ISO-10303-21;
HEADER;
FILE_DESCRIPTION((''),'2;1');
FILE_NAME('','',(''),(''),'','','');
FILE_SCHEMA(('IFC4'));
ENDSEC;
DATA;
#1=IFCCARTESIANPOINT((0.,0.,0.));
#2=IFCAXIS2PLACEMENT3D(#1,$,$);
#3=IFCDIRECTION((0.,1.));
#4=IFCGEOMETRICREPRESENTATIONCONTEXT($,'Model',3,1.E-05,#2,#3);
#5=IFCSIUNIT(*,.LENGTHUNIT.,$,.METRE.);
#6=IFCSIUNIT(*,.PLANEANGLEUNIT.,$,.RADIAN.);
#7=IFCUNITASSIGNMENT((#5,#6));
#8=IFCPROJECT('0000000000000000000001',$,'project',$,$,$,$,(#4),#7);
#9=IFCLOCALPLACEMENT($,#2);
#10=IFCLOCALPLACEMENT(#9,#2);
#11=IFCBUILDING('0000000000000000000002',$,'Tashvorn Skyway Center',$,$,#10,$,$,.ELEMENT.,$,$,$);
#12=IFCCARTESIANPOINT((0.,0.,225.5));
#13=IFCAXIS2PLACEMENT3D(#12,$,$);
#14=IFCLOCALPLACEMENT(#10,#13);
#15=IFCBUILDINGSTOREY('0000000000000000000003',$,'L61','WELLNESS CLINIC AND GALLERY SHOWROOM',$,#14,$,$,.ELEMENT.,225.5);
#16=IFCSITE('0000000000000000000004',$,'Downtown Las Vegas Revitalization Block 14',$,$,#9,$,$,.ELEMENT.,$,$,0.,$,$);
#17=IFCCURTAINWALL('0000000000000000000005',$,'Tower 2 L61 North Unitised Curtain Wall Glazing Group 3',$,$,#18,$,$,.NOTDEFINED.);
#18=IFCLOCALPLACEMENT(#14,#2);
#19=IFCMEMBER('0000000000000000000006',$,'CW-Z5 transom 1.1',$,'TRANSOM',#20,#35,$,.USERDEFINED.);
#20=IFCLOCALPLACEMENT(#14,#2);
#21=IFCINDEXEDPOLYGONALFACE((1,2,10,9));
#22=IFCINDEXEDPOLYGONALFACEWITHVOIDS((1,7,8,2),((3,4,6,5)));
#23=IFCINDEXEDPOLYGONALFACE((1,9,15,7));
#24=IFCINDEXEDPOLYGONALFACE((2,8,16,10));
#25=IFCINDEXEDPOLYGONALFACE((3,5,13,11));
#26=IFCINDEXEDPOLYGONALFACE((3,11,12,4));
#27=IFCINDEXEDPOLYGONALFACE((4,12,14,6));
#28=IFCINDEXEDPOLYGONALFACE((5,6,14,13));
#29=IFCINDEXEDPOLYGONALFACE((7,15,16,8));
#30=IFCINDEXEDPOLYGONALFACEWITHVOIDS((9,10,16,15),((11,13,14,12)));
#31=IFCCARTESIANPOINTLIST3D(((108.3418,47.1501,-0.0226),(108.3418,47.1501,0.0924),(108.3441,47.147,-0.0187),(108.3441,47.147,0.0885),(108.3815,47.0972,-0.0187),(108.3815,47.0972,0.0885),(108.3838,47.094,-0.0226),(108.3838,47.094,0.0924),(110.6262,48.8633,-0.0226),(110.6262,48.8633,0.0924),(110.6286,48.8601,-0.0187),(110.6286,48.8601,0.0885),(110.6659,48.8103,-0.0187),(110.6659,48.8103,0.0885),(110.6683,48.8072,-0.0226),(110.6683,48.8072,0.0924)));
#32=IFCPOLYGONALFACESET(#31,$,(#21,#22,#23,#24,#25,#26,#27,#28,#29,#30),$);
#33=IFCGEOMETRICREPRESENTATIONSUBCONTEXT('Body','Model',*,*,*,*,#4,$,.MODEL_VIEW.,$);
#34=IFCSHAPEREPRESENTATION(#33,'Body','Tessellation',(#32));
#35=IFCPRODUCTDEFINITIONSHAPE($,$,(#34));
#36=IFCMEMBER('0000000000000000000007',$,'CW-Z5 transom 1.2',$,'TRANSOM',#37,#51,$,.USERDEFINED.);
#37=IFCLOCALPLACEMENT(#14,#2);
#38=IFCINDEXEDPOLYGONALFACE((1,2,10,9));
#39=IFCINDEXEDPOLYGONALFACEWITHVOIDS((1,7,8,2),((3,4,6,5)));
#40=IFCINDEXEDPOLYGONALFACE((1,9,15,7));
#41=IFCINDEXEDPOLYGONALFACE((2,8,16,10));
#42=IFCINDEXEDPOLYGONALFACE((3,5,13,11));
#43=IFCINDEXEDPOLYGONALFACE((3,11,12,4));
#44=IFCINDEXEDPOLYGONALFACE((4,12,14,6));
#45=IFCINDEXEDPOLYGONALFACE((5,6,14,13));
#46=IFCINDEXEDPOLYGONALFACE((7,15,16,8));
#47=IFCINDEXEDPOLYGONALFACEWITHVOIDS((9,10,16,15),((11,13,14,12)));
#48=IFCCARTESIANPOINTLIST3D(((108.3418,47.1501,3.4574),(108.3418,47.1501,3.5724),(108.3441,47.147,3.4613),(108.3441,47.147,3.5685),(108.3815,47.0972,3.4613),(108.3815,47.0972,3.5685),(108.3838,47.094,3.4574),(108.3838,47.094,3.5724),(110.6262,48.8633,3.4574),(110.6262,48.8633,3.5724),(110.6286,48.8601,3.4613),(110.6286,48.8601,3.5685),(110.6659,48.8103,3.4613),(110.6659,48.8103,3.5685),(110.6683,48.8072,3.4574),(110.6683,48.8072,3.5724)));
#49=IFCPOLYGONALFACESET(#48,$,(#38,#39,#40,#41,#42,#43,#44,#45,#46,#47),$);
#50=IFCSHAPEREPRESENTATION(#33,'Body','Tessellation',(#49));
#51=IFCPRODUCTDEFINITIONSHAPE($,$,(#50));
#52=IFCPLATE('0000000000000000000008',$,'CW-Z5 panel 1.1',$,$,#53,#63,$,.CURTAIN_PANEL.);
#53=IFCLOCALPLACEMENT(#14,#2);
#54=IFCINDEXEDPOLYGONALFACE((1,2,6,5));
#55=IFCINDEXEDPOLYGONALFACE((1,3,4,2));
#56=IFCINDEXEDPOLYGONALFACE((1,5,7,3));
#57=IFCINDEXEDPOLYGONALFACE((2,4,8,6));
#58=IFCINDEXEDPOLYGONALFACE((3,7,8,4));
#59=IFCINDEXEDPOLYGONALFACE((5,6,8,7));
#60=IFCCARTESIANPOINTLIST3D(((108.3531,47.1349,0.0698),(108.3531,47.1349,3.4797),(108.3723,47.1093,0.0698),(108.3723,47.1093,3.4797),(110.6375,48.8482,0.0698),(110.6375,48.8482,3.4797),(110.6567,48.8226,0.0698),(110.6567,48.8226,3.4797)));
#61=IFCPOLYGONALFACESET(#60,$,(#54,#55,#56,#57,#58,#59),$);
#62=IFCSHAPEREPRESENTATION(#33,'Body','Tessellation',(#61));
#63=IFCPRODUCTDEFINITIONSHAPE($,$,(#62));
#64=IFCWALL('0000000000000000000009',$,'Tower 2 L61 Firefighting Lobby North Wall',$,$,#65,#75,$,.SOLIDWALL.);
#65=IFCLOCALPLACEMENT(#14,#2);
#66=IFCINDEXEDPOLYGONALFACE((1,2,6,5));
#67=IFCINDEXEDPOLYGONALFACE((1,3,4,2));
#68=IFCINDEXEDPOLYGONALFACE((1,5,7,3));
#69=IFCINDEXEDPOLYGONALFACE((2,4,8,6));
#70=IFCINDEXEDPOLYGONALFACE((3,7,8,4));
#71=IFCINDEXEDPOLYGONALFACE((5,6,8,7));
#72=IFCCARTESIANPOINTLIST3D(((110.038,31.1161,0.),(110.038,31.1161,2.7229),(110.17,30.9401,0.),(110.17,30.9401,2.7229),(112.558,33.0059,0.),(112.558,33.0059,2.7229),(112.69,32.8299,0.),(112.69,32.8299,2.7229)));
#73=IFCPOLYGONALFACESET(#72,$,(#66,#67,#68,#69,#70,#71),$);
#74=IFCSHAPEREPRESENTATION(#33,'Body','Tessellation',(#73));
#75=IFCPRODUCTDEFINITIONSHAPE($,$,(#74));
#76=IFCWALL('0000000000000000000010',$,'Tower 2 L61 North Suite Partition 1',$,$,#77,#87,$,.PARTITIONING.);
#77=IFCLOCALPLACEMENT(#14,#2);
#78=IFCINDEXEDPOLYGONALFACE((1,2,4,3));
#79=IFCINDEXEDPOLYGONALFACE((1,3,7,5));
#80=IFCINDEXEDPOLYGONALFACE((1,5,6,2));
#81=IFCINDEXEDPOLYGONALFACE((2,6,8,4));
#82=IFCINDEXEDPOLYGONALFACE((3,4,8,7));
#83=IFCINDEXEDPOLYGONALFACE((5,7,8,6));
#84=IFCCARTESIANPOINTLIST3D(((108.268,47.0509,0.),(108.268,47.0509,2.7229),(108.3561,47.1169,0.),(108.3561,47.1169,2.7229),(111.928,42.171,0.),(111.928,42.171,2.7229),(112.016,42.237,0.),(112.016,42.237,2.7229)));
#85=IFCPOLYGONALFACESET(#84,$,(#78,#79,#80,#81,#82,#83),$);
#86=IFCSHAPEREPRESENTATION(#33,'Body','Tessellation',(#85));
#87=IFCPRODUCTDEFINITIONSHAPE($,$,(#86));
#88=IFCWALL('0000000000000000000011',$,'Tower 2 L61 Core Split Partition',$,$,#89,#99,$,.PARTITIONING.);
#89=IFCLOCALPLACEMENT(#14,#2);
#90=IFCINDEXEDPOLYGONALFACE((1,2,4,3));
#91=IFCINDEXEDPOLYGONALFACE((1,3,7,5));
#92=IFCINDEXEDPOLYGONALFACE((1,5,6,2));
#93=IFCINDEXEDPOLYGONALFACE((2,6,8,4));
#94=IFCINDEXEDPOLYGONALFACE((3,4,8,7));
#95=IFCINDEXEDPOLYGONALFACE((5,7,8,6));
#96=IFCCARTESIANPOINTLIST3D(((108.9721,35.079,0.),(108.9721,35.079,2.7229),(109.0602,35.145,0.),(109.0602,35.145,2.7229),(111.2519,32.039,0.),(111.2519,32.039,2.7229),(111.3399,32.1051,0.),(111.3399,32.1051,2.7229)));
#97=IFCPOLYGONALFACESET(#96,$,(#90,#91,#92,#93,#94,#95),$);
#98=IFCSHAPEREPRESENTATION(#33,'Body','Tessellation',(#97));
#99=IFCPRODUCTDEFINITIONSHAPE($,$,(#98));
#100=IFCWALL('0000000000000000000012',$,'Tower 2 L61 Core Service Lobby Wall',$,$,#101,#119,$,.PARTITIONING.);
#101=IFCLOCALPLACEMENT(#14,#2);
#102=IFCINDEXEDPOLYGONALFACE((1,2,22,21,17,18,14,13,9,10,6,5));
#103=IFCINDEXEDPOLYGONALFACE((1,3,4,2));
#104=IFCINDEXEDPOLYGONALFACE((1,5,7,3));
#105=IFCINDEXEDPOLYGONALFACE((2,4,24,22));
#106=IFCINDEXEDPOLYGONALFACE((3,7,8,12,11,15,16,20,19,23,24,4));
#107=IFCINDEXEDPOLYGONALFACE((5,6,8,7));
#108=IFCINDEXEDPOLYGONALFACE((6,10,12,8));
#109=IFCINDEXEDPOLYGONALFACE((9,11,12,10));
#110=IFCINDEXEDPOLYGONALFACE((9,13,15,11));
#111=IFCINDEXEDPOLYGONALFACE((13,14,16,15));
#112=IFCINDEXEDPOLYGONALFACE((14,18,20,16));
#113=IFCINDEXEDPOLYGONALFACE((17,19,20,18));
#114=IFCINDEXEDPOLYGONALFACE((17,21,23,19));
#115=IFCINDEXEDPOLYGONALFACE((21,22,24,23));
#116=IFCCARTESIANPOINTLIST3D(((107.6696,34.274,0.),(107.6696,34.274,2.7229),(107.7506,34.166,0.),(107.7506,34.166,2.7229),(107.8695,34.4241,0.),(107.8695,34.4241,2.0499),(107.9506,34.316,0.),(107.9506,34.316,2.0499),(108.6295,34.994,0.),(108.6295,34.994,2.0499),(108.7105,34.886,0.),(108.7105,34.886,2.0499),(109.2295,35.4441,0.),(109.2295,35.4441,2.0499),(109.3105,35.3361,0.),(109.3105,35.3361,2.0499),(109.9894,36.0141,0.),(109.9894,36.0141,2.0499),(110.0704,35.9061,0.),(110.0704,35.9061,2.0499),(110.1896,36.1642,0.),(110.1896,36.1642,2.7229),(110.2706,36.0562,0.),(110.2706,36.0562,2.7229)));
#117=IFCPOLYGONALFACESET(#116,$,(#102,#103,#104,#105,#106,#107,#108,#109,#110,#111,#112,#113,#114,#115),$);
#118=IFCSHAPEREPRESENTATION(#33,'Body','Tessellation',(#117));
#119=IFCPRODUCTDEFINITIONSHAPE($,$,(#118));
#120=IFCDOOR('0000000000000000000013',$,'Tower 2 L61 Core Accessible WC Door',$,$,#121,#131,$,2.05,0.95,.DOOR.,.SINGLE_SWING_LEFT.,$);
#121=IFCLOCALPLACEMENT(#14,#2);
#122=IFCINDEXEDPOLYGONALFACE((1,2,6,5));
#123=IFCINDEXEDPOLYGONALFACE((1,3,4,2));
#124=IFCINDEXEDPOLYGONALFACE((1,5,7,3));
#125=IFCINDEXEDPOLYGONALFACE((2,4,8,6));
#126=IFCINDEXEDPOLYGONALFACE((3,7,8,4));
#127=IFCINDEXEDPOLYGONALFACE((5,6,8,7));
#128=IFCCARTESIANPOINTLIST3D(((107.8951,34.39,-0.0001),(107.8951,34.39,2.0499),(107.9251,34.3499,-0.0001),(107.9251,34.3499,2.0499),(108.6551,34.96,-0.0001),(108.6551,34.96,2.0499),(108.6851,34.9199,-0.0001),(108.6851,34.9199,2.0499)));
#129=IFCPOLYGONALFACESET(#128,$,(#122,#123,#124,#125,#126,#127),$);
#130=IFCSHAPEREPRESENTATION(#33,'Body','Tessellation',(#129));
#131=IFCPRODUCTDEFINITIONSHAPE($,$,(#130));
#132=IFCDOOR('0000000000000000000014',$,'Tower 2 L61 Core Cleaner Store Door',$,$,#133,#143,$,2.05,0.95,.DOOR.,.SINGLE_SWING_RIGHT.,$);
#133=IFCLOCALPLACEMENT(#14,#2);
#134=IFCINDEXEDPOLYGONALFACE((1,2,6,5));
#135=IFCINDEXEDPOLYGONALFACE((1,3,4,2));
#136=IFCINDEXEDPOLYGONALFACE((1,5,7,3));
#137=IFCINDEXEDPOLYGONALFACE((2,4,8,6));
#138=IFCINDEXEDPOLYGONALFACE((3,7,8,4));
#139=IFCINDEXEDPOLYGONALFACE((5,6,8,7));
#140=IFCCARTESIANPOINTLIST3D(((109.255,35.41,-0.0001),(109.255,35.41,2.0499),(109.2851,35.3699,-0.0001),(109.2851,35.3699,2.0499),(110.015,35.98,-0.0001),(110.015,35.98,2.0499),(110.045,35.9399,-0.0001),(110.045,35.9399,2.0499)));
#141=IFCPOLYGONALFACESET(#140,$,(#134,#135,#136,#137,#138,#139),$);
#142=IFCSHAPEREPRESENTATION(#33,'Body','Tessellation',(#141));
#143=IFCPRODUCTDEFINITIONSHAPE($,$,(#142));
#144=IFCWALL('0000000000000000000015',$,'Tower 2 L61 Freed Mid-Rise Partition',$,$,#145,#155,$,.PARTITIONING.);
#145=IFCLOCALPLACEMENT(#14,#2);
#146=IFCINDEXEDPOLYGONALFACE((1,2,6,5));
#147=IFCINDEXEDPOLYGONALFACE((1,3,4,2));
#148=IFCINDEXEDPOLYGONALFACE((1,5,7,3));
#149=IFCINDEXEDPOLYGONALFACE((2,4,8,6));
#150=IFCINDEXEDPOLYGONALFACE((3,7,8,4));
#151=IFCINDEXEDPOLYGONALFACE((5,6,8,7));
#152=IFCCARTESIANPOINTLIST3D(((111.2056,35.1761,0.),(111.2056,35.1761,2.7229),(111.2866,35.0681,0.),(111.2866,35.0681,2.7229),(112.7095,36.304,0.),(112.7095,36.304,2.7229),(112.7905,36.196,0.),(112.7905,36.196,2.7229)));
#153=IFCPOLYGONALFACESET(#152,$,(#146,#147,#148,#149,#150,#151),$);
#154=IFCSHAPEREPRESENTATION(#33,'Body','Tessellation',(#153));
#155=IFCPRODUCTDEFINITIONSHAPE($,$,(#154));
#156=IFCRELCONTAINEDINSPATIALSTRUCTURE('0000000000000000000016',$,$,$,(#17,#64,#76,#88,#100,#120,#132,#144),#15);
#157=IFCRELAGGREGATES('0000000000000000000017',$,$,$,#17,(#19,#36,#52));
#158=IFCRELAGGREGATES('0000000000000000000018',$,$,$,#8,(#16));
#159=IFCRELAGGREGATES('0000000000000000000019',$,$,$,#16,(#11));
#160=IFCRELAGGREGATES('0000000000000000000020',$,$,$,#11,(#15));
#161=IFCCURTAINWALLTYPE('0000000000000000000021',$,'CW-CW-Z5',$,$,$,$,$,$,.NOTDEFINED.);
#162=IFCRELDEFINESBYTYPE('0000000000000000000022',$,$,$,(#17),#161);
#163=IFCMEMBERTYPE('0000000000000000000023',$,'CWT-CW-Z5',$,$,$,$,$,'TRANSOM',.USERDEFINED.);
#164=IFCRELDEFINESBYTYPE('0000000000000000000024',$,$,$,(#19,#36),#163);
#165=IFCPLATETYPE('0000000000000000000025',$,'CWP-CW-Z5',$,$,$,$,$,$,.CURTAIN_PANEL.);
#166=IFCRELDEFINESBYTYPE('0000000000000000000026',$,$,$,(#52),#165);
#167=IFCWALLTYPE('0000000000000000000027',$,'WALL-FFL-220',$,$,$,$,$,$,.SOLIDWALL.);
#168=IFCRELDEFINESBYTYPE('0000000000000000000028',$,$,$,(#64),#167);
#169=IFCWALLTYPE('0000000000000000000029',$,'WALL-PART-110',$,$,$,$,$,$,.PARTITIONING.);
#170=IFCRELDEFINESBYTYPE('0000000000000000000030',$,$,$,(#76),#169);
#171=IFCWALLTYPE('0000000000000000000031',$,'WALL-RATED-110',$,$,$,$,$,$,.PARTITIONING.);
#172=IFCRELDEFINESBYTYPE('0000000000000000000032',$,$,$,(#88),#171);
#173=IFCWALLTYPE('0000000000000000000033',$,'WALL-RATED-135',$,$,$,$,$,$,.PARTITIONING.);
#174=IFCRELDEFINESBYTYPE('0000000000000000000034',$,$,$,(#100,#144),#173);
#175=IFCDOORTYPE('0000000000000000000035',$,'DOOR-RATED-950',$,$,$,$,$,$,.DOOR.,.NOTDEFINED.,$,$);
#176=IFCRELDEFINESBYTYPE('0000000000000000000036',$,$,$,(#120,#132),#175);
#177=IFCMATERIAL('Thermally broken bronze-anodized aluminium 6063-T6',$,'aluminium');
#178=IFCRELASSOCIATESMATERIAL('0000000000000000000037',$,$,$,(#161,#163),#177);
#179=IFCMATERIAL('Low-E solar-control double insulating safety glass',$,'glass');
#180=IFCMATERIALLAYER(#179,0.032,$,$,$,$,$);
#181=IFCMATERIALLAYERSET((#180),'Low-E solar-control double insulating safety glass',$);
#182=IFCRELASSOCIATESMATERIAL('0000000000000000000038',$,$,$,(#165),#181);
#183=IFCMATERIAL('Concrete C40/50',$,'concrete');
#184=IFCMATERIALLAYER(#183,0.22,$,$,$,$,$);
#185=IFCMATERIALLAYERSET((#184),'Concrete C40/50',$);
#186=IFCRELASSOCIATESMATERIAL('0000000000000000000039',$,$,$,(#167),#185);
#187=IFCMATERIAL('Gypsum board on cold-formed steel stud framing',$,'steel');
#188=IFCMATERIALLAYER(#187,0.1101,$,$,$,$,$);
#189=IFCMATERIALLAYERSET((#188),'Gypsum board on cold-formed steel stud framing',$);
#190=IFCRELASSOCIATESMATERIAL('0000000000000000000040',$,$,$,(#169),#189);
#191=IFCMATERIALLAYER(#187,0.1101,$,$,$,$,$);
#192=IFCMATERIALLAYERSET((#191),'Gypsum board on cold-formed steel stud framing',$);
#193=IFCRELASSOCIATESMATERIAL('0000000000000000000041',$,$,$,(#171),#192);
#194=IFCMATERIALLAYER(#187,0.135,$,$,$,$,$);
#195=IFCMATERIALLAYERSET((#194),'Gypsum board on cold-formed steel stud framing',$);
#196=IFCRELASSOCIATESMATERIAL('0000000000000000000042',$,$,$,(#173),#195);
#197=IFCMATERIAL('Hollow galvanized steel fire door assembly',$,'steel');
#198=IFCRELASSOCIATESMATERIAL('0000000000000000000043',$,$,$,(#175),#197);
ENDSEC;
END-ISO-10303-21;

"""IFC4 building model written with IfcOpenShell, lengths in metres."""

from ifc_helpers import new_model, si_unit, direction, frame, frame_2d, origin, origin_2d, place, context, subcontext, project, spatial, rectangle, hollow_rectangle, extrude, material, layer, layer_set, material_profile, profile_set, type_object, element, fill, aggregate, save


model = new_model("IFC4")

# Units and contexts
model_context = context("Model", 3, precision=1e-05, world=origin(), true_north=direction((0.0, 1.0)))
body_context = subcontext(model_context, "Body", "Model", "MODEL_VIEW")
ifc_project = project(units=[si_unit("LENGTHUNIT", "METRE"), si_unit("PLANEANGLEUNIT", "RADIAN")], contexts=[model_context])

# Site, building, storey
site_placement = place(None, origin())
site = spatial("IfcSite", under=ifc_project, at=site_placement, Name="Downtown Las Vegas Revitalization Block 14", CompositionType="ELEMENT", RefElevation=0.0)
building_placement = place(site_placement, origin())
building = spatial("IfcBuilding", under=site, at=building_placement, Name="Tashvorn Skyway Center", CompositionType="ELEMENT")
storey_placement = place(building_placement, frame((0.0, 0.0, 225.5)))
storey = spatial("IfcBuildingStorey", under=building, at=storey_placement, Name="L61", Description="WELLNESS CLINIC AND GALLERY SHOWROOM", CompositionType="ELEMENT", Elevation=225.5)

# Shared definitions
ifc_material_1 = material(Name="Thermally broken bronze-anodized aluminium 6063-T6", Category="aluminium")
curtain_wall_type = type_object("IfcCurtainWallType", Name="CW-CW-Z5", PredefinedType="NOTDEFINED", material=ifc_material_1)

# Curtain wall, members, plate
curtain_wall_1_placement = place(storey_placement, origin())
curtain_wall_1 = element("IfcCurtainWall", 1, at=curtain_wall_1_placement, inside=storey, type_object=curtain_wall_type, Name="Tower 2 L61 North Unitised Curtain Wall Glazing Group 3", PredefinedType="NOTDEFINED")
ifc_material_profile_1 = material_profile(ifc_material_1, hollow_rectangle(XDim=0.0701, YDim=0.115, WallThickness=0.0039, at=origin_2d()), Name="ALU-TRAN-70x115")
ifc_profile_set_1 = profile_set([ifc_material_profile_1], Name="Thermally broken bronze-anodized aluminium 6063-T6")
member_type_1 = type_object("IfcMemberType", Name="CWT-CW-Z5", ElementType="TRANSOM", PredefinedType="USERDEFINED", material=ifc_profile_set_1)
member_1_placement = place(storey_placement, frame((108.3628, 47.1221, 0.0349), z_axis=(0.800031, 0.599959, 0.0), x_axis=(-0.599959, 0.800031, 0.0)))
member_1 = element("IfcMember", 2, at=member_1_placement, type_object=member_type_1, Name="CW-Z5 transom 1.1", ObjectType="TRANSOM", PredefinedType="USERDEFINED", context=body_context, shape_type="SweptSolid", body=[
    extrude(hollow_rectangle(XDim=0.0701, YDim=0.115, WallThickness=0.0039, at=origin_2d()), origin(), (0.0, 0.0, 1.0), 2.8555),
])
member_2_placement = place(storey_placement, frame((108.3628, 47.1221, 3.5149), z_axis=(0.800031, 0.599959, 0.0), x_axis=(-0.599959, 0.800031, 0.0)))
member_2 = element("IfcMember", 3, at=member_2_placement, type_object=member_type_1, Name="CW-Z5 transom 1.2", ObjectType="TRANSOM", PredefinedType="USERDEFINED", context=body_context, shape_type="SweptSolid", body=[
    extrude(hollow_rectangle(XDim=0.0701, YDim=0.115, WallThickness=0.0039, at=origin_2d()), origin(), (0.0, 0.0, 1.0), 2.8555),
])
ifc_material_2 = material(Name="Low-E solar-control double insulating safety glass", Category="glass")
ifc_layer_1 = layer(ifc_material_2, 0.032)
ifc_layer_set_1 = layer_set([ifc_layer_1], Name="Low-E solar-control double insulating safety glass")
plate_type = type_object("IfcPlateType", Name="CWP-CW-Z5", PredefinedType="CURTAIN_PANEL", material=ifc_layer_set_1)
plate_placement = place(storey_placement, frame((109.5049, 47.9788, 0.0698), z_axis=(0.0, 0.0, 1.0), x_axis=(0.8, 0.6, 0.0)))
plate = element("IfcPlate", 4, at=plate_placement, type_object=plate_type, Name="CW-Z5 panel 1.1", PredefinedType="CURTAIN_PANEL", context=body_context, shape_type="SweptSolid", body=[
    extrude(rectangle(XDim=2.8555, YDim=0.032, at=origin_2d()), origin(), (0.0, 0.0, 1.0), 3.4099),
])
aggregate(curtain_wall_1, [member_1, member_2, plate])

# Walls
ifc_material_3 = material(Name="Concrete C40/50", Category="concrete")
ifc_layer_2 = layer(ifc_material_3, 0.22)
ifc_layer_set_2 = layer_set([ifc_layer_2], Name="Concrete C40/50")
wall_type_1 = type_object("IfcWallType", Name="WALL-FFL-220", PredefinedType="SOLIDWALL", material=ifc_layer_set_2)
wall_1_placement = place(storey_placement, frame((110.104, 31.0281, 0.0), z_axis=(0.0, 0.0, 1.0), x_axis=(0.800019, 0.599975, 0.0)))
element("IfcWall", 5, at=wall_1_placement, inside=storey, type_object=wall_type_1, Name="Tower 2 L61 Firefighting Lobby North Wall", PredefinedType="SOLIDWALL", context=body_context, shape_type="SweptSolid", body=[
    extrude(rectangle(XDim=3.1499, YDim=0.22, at=frame_2d((1.575, 0.0))), origin(), (0.0, 0.0, 1.0), 2.7229),
])
ifc_material_4 = material(Name="Gypsum board on cold-formed steel stud framing", Category="steel")
ifc_layer_3 = layer(ifc_material_4, 0.1101)
ifc_layer_set_3 = layer_set([ifc_layer_3], Name="Gypsum board on cold-formed steel stud framing")
wall_type_2 = type_object("IfcWallType", Name="WALL-PART-110", PredefinedType="PARTITIONING", material=ifc_layer_set_3)
wall_2_placement = place(storey_placement, frame((111.9719, 42.2041, 0.0), z_axis=(0.0, 0.0, 1.0), x_axis=(-0.6, 0.8, 0.0)))
element("IfcWall", 6, at=wall_2_placement, inside=storey, type_object=wall_type_2, Name="Tower 2 L61 North Suite Partition 1", PredefinedType="PARTITIONING", context=body_context, shape_type="SweptSolid", body=[
    extrude(rectangle(XDim=6.0999, YDim=0.1101, at=frame_2d((3.0498, 0.0))), origin(), (0.0, 0.0, 1.0), 2.7229),
])
ifc_layer_4 = layer(ifc_material_4, 0.1101)
ifc_layer_set_4 = layer_set([ifc_layer_4], Name="Gypsum board on cold-formed steel stud framing")
wall_type_3 = type_object("IfcWallType", Name="WALL-RATED-110", PredefinedType="PARTITIONING", material=ifc_layer_set_4)
wall_3_placement = place(storey_placement, frame((111.2959, 32.072, 0.0), z_axis=(0.0, 0.0, 1.0), x_axis=(-0.599959, 0.800031, 0.0)))
element("IfcWall", 7, at=wall_3_placement, inside=storey, type_object=wall_type_3, Name="Tower 2 L61 Core Split Partition", PredefinedType="PARTITIONING", context=body_context, shape_type="SweptSolid", body=[
    extrude(rectangle(XDim=3.7998, YDim=0.1101, at=frame_2d((1.8999, 0.0))), origin(), (0.0, 0.0, 1.0), 2.7229),
])

# Wall, openings, doors
ifc_layer_5 = layer(ifc_material_4, 0.135)
ifc_layer_set_5 = layer_set([ifc_layer_5], Name="Gypsum board on cold-formed steel stud framing")
wall_type_4 = type_object("IfcWallType", Name="WALL-RATED-135", PredefinedType="PARTITIONING", material=ifc_layer_set_5)
wall_4_placement = place(storey_placement, frame((107.71, 34.22, 0.0), z_axis=(0.0, 0.0, 1.0), x_axis=(0.799981, 0.600025, 0.0)))
wall_4 = element("IfcWall", 8, at=wall_4_placement, inside=storey, type_object=wall_type_4, Name="Tower 2 L61 Core Service Lobby Wall", PredefinedType="PARTITIONING", context=body_context, shape_type="SweptSolid", body=[
    extrude(rectangle(XDim=3.1501, YDim=0.135, at=frame_2d((1.5752, 0.0))), origin(), (0.0, 0.0, 1.0), 2.7229),
])
opening_1_placement = place(wall_4_placement, frame((0.25, 0.0, 0.0)))
opening_1 = element("IfcOpeningElement", 9, at=opening_1_placement, cuts=wall_4, PredefinedType="OPENING", context=body_context, shape_type="SweptSolid", body=[
    extrude(rectangle(XDim=0.95, YDim=2.05, at=frame_2d((0.4751, 1.0249))), frame((0.0, 0.0774, 0.0), z_axis=(0.0, -1.0, 0.0), x_axis=(1.0, 0.0, 0.0)), (0.0, 0.0, 1.0), 0.155),
])
opening_2_placement = place(wall_4_placement, frame((1.95, 0.0, 0.0)))
opening_2 = element("IfcOpeningElement", 10, at=opening_2_placement, cuts=wall_4, PredefinedType="OPENING", context=body_context, shape_type="SweptSolid", body=[
    extrude(rectangle(XDim=0.95, YDim=2.05, at=frame_2d((0.4751, 1.0249))), frame((0.0, 0.0774, 0.0), z_axis=(0.0, -1.0, 0.0), x_axis=(1.0, 0.0, 0.0)), (0.0, 0.0, 1.0), 0.155),
])
ifc_material_5 = material(Name="Hollow galvanized steel fire door assembly", Category="steel")
door_type_1 = type_object("IfcDoorType", Name="DOOR-RATED-950", OperationType="NOTDEFINED", PredefinedType="DOOR", material=ifc_material_5)
door_1_placement = place(opening_1_placement, origin())
door_1 = element("IfcDoor", 11, at=door_1_placement, inside=storey, type_object=door_type_1, Name="Tower 2 L61 Core Accessible WC Door", OperationType="SINGLE_SWING_LEFT", OverallHeight=2.05, OverallWidth=0.95, PredefinedType="DOOR", context=body_context, shape_type="SweptSolid", body=[
    extrude(rectangle(XDim=0.95, YDim=2.05, at=frame_2d((0.4751, 1.0249))), frame((0.0, 0.0249, 0.0), z_axis=(0.0, -1.0, 0.0), x_axis=(1.0, 0.0, 0.0)), (0.0, 0.0, 1.0), 0.05),
])
fill(opening_1, door_1)
door_2_placement = place(opening_2_placement, origin())
door_2 = element("IfcDoor", 12, at=door_2_placement, inside=storey, type_object=door_type_1, Name="Tower 2 L61 Core Cleaner Store Door", OperationType="SINGLE_SWING_RIGHT", OverallHeight=2.05, OverallWidth=0.95, PredefinedType="DOOR", context=body_context, shape_type="SweptSolid", body=[
    extrude(rectangle(XDim=0.95, YDim=2.05, at=frame_2d((0.4751, 1.0249))), frame((0.0, 0.0249, 0.0), z_axis=(0.0, -1.0, 0.0), x_axis=(1.0, 0.0, 0.0)), (0.0, 0.0, 1.0), 0.05),
])
fill(opening_2, door_2)

# Wall
wall_5_placement = place(storey_placement, frame((111.2461, 35.1221, 0.0), z_axis=(0.0, 0.0, 1.0), x_axis=(0.8, 0.6, 0.0)))
element("IfcWall", 13, at=wall_5_placement, inside=storey, type_object=wall_type_4, Name="Tower 2 L61 Freed Mid-Rise Partition", PredefinedType="PARTITIONING", context=body_context, shape_type="SweptSolid", body=[
    extrude(rectangle(XDim=1.8799, YDim=0.135, at=frame_2d((0.9399, 0.0))), origin(), (0.0, 0.0, 1.0), 2.7229),
])

save(model, "model.ifc")
